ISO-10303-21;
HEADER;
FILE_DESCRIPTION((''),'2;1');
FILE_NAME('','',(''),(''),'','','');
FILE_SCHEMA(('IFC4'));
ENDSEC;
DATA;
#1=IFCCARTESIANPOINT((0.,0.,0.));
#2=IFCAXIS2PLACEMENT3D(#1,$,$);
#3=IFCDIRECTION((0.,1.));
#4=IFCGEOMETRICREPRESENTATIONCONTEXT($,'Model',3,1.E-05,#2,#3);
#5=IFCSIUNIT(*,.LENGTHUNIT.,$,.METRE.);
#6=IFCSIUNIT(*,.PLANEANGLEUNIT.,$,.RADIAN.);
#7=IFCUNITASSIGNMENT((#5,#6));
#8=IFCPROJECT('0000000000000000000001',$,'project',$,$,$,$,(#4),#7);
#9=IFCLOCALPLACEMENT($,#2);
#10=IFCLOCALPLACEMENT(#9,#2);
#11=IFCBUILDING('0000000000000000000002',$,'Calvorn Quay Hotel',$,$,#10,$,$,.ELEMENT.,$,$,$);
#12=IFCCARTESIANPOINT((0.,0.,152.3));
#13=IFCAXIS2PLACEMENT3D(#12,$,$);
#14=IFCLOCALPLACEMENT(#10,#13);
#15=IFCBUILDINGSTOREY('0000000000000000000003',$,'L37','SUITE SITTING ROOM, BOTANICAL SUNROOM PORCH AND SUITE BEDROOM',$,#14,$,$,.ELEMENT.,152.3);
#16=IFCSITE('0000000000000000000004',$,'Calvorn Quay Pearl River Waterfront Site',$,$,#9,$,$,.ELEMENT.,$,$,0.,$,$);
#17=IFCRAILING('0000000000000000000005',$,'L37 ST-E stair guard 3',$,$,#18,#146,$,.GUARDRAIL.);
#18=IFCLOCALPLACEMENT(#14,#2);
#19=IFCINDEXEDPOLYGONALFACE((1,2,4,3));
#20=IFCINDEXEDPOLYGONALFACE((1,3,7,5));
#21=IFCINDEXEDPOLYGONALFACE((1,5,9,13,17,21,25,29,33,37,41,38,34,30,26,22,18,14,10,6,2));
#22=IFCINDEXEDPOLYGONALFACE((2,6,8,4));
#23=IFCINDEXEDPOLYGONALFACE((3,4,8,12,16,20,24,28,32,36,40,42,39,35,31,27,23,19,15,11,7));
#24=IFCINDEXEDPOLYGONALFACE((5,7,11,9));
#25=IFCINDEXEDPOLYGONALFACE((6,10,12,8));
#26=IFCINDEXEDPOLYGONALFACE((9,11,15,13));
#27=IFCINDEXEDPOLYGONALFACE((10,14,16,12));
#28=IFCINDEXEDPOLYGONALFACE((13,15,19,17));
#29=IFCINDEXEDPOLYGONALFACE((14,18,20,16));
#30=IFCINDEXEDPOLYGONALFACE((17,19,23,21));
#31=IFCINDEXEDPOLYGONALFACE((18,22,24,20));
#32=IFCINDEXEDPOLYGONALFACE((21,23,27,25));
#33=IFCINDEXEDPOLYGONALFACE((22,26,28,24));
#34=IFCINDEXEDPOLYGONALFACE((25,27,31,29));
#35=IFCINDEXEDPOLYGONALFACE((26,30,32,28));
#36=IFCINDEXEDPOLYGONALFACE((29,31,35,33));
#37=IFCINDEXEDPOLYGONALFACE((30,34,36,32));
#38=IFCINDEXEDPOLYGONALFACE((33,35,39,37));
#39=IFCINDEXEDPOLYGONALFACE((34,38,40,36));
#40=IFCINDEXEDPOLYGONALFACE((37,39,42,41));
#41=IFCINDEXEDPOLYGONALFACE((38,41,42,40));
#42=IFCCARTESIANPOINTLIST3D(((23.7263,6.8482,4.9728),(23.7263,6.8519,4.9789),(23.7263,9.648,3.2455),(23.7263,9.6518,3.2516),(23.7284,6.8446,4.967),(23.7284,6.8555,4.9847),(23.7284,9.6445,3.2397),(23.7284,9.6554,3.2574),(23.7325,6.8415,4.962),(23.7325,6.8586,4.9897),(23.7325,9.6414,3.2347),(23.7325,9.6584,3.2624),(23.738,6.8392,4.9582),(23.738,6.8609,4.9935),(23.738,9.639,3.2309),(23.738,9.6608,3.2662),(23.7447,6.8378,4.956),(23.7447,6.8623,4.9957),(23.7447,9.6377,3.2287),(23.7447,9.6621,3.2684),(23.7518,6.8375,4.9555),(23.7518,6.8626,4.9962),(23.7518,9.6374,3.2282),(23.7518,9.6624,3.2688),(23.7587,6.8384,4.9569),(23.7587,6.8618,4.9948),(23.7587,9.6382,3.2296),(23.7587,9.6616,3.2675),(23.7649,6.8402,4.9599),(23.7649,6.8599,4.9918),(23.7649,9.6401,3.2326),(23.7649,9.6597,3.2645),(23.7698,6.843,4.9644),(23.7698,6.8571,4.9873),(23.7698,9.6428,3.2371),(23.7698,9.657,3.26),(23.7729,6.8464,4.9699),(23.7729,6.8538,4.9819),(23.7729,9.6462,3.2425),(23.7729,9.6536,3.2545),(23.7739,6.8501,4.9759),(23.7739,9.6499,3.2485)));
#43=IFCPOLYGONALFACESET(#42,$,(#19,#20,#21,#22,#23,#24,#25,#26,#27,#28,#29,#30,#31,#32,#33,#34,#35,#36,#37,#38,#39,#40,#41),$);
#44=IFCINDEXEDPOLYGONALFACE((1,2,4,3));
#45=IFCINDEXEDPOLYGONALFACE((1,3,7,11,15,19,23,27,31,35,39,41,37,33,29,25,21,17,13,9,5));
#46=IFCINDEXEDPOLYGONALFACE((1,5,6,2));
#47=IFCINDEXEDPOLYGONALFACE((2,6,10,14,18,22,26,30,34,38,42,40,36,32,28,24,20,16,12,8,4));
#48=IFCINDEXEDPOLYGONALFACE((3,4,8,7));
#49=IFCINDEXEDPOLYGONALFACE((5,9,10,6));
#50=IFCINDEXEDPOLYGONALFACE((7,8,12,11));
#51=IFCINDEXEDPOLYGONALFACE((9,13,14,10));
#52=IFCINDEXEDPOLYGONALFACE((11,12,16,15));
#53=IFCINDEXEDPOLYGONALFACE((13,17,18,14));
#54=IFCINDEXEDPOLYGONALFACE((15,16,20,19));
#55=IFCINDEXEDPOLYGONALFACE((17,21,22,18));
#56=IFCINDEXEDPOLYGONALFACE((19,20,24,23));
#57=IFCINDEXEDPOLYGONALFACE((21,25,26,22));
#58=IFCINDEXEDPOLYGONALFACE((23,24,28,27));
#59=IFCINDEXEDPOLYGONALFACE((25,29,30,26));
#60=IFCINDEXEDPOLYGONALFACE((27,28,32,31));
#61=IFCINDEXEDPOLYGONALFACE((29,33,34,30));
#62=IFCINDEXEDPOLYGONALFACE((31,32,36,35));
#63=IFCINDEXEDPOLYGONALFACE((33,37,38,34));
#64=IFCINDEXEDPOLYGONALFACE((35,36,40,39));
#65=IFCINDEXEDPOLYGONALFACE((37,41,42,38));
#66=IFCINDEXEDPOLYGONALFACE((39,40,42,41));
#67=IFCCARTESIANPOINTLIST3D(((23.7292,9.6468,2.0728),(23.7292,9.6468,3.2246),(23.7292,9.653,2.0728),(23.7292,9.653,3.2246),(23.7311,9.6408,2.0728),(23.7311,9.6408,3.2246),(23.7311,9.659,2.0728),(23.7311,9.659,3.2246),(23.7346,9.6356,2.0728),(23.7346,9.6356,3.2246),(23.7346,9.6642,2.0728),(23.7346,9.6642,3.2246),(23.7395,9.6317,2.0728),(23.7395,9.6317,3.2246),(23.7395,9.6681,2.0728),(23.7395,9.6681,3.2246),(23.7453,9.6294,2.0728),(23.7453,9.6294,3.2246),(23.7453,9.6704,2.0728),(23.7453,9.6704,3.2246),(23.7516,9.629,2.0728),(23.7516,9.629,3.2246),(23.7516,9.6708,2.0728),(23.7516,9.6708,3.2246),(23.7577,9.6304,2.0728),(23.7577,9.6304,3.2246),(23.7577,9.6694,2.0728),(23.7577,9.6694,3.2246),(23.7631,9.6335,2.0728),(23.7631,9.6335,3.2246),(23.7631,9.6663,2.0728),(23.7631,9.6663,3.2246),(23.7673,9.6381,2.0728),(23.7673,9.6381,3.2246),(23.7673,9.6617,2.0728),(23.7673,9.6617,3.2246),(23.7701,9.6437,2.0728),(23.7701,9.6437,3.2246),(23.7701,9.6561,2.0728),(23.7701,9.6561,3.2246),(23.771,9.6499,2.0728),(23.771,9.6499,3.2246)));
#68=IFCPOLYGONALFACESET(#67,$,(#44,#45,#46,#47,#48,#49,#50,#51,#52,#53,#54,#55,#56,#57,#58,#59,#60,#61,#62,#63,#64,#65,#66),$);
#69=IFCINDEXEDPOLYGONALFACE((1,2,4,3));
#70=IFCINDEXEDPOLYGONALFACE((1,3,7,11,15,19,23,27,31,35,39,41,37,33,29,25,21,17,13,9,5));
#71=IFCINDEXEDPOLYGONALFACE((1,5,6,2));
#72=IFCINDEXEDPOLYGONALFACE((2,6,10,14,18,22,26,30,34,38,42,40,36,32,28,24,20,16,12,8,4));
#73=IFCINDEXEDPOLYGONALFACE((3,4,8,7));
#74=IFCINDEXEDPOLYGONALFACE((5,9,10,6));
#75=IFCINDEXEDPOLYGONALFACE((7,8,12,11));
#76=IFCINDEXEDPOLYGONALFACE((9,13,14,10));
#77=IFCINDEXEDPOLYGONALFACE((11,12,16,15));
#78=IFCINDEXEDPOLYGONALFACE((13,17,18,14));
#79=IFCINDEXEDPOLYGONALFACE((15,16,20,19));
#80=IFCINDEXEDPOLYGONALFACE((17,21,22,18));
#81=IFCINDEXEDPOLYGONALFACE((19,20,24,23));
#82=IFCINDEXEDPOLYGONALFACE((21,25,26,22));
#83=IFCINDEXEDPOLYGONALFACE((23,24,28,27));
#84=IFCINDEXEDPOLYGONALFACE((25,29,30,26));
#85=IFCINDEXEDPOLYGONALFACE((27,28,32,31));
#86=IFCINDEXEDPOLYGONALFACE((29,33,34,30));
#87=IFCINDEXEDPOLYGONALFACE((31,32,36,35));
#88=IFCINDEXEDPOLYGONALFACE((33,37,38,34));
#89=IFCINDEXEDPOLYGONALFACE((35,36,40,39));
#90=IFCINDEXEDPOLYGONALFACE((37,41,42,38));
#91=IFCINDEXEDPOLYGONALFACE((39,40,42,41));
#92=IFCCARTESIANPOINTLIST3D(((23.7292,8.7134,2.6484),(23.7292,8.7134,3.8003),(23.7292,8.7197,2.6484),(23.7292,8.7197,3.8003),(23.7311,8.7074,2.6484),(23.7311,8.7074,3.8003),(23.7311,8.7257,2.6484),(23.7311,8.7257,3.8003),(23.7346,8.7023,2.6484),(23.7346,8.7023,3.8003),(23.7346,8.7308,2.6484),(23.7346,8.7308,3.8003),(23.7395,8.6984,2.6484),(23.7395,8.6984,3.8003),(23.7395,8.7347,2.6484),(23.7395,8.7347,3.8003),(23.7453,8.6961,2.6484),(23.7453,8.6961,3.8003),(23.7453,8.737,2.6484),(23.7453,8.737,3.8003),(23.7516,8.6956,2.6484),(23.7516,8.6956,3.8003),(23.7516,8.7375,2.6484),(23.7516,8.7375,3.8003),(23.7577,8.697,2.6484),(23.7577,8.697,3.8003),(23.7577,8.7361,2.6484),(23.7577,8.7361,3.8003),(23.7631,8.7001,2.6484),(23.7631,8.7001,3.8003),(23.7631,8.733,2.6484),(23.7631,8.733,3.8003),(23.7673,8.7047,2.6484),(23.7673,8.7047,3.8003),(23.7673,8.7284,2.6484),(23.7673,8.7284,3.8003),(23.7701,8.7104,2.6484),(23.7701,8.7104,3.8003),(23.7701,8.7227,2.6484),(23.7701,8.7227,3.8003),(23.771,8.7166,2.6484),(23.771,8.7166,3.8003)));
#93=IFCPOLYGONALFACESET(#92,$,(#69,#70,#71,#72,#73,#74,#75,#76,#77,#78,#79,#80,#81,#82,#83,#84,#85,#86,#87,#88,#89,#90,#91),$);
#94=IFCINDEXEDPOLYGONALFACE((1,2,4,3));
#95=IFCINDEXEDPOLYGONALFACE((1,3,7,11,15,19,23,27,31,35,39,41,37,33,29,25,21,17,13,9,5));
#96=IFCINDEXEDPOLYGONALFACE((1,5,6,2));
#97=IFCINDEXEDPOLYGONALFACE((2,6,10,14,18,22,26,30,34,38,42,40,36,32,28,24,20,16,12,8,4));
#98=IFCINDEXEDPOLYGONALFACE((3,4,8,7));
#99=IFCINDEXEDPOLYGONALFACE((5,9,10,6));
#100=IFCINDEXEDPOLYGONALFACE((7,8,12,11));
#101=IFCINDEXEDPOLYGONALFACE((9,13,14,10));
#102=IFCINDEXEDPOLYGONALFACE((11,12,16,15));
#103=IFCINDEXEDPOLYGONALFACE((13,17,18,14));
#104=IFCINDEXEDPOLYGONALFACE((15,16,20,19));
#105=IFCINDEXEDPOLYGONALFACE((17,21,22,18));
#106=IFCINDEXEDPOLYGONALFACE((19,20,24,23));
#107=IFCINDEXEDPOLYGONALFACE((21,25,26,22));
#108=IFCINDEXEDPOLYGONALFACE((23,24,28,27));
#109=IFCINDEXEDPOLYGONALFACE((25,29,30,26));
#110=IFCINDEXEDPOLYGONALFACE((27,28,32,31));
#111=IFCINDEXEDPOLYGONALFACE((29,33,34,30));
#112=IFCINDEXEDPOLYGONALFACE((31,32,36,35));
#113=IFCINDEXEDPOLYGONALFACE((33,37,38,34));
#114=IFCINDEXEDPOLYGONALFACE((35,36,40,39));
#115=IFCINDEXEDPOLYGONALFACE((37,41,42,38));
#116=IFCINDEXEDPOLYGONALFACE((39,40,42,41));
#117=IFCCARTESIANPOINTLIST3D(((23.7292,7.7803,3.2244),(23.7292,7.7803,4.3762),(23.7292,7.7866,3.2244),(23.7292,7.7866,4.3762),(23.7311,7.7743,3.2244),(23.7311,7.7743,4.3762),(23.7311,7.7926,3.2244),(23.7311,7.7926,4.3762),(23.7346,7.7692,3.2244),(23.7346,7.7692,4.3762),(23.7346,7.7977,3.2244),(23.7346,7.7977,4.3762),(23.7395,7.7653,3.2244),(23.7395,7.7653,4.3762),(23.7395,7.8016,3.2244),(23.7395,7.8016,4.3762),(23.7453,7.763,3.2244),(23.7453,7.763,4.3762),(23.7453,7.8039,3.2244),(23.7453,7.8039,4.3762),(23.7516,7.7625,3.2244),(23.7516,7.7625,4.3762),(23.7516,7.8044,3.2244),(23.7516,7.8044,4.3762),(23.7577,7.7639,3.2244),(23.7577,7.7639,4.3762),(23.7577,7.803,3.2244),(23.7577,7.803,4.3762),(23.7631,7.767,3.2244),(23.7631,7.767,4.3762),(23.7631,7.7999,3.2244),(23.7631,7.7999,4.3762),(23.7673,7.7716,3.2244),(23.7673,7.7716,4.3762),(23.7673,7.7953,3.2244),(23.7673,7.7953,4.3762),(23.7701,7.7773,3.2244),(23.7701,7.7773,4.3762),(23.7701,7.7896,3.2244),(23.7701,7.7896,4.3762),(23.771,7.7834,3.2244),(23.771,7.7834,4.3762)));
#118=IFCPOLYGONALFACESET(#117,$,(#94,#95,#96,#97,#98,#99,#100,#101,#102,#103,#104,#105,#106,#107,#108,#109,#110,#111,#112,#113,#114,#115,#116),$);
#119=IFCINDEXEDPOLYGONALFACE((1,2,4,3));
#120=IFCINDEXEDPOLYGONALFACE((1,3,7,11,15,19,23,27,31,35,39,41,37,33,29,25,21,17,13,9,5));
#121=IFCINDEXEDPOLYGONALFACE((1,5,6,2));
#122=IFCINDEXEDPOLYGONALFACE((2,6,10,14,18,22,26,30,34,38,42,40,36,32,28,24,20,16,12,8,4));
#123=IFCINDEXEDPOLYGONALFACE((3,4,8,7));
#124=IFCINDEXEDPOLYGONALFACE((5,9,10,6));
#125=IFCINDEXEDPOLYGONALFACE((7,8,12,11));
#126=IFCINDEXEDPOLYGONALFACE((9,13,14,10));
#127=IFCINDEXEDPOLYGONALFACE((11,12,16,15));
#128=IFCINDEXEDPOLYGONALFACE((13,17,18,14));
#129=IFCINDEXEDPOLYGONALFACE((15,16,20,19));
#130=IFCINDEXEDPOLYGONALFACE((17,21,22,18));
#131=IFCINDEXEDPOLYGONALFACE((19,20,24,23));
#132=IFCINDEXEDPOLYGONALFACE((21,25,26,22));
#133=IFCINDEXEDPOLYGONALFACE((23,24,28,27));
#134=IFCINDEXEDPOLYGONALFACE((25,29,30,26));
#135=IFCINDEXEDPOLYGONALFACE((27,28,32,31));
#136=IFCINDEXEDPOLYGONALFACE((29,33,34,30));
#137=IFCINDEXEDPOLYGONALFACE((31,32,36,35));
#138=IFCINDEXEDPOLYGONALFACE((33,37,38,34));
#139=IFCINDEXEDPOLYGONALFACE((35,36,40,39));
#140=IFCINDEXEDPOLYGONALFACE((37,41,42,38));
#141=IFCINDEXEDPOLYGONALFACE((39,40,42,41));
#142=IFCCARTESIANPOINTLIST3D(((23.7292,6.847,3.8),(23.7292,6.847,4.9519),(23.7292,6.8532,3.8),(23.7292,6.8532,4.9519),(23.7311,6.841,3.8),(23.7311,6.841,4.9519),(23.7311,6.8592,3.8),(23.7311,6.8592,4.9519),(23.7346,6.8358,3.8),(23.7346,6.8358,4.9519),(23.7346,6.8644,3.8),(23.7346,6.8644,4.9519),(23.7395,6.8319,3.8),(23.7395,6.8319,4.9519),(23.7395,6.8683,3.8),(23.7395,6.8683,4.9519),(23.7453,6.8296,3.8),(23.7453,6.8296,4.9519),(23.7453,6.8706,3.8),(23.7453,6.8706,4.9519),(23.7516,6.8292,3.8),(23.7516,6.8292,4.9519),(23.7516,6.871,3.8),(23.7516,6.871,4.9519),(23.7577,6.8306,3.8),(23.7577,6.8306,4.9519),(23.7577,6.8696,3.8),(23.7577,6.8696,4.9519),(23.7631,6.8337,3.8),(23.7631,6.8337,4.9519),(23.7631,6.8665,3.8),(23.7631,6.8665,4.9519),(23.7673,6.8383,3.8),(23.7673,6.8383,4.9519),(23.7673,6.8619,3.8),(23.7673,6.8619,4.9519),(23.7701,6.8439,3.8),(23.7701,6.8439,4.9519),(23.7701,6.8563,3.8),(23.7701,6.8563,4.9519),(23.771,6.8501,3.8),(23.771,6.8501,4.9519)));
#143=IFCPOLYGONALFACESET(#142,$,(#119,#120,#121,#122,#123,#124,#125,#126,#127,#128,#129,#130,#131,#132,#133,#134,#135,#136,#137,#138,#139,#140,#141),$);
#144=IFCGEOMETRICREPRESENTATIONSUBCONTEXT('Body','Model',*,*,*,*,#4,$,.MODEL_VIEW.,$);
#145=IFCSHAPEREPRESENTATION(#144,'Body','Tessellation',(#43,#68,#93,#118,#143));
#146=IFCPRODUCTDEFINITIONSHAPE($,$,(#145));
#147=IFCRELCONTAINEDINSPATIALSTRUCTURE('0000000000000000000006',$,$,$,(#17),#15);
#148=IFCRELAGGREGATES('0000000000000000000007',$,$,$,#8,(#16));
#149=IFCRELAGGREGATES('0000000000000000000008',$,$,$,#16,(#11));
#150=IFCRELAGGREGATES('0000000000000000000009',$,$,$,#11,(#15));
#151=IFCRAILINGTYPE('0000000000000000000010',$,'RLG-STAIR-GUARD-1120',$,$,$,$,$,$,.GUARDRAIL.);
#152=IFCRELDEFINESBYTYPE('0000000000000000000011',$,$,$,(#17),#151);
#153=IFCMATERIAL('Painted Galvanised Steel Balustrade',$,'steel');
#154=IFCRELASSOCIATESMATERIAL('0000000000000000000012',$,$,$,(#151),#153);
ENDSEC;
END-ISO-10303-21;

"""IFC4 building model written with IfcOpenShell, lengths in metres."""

from ifc_helpers import new_model, si_unit, direction, frame, origin, origin_2d, place, context, subcontext, project, spatial, circle, extrude, material, type_object, element, save


model = new_model("IFC4")

# Units and contexts
model_context = context("Model", 3, precision=1e-05, world=origin(), true_north=direction((0.0, 1.0)))
body_context = subcontext(model_context, "Body", "Model", "MODEL_VIEW")
ifc_project = project(units=[si_unit("LENGTHUNIT", "METRE"), si_unit("PLANEANGLEUNIT", "RADIAN")], contexts=[model_context])

# Site, building, storey
site_placement = place(None, origin())
site = spatial("IfcSite", under=ifc_project, at=site_placement, Name="Calvorn Quay Pearl River Waterfront Site", CompositionType="ELEMENT", RefElevation=0.0)
building_placement = place(site_placement, origin())
building = spatial("IfcBuilding", under=site, at=building_placement, Name="Calvorn Quay Hotel", CompositionType="ELEMENT")
storey_placement = place(building_placement, frame((0.0, 0.0, 152.3)))
storey = spatial("IfcBuildingStorey", under=building, at=storey_placement, Name="L37", Description="SUITE SITTING ROOM, BOTANICAL SUNROOM PORCH AND SUITE BEDROOM", CompositionType="ELEMENT", Elevation=152.3)

# Railing
ifc_material_1 = material(Name="Painted Galvanised Steel Balustrade", Category="steel")
railing_type_1 = type_object("IfcRailingType", Name="RLG-STAIR-GUARD-1120", PredefinedType="GUARDRAIL", material=ifc_material_1)
railing_1_placement = place(storey_placement, frame((23.75, 9.6499, 2.0728)))
element("IfcRailing", 1, at=railing_1_placement, inside=storey, type_object=railing_type_1, Name="L37 ST-E stair guard 3", PredefinedType="GUARDRAIL", context=body_context, shape_type="SweptSolid", body=[
    extrude(circle(Radius=0.0239, at=origin_2d()), frame((0.0, 0.0, 1.1758), z_axis=(0.0, -0.851069, 0.525054), x_axis=(1.0, 0.0, 0.0)), (0.0, 0.0, 1.0), 3.2898),
    extrude(circle(Radius=0.021, at=origin_2d()), origin(), (0.0, 0.0, 1.0), 1.1519),
    extrude(circle(Radius=0.021, at=origin_2d()), frame((0.0, -0.9333, 0.5757)), (0.0, 0.0, 1.0), 1.1519),
    extrude(circle(Radius=0.021, at=origin_2d()), frame((0.0, -1.8665, 1.1516)), (0.0, 0.0, 1.0), 1.1519),
    extrude(circle(Radius=0.021, at=origin_2d()), frame((0.0, -2.7998, 1.7273)), (0.0, 0.0, 1.0), 1.1519),
])

save(model, "model.ifc")
